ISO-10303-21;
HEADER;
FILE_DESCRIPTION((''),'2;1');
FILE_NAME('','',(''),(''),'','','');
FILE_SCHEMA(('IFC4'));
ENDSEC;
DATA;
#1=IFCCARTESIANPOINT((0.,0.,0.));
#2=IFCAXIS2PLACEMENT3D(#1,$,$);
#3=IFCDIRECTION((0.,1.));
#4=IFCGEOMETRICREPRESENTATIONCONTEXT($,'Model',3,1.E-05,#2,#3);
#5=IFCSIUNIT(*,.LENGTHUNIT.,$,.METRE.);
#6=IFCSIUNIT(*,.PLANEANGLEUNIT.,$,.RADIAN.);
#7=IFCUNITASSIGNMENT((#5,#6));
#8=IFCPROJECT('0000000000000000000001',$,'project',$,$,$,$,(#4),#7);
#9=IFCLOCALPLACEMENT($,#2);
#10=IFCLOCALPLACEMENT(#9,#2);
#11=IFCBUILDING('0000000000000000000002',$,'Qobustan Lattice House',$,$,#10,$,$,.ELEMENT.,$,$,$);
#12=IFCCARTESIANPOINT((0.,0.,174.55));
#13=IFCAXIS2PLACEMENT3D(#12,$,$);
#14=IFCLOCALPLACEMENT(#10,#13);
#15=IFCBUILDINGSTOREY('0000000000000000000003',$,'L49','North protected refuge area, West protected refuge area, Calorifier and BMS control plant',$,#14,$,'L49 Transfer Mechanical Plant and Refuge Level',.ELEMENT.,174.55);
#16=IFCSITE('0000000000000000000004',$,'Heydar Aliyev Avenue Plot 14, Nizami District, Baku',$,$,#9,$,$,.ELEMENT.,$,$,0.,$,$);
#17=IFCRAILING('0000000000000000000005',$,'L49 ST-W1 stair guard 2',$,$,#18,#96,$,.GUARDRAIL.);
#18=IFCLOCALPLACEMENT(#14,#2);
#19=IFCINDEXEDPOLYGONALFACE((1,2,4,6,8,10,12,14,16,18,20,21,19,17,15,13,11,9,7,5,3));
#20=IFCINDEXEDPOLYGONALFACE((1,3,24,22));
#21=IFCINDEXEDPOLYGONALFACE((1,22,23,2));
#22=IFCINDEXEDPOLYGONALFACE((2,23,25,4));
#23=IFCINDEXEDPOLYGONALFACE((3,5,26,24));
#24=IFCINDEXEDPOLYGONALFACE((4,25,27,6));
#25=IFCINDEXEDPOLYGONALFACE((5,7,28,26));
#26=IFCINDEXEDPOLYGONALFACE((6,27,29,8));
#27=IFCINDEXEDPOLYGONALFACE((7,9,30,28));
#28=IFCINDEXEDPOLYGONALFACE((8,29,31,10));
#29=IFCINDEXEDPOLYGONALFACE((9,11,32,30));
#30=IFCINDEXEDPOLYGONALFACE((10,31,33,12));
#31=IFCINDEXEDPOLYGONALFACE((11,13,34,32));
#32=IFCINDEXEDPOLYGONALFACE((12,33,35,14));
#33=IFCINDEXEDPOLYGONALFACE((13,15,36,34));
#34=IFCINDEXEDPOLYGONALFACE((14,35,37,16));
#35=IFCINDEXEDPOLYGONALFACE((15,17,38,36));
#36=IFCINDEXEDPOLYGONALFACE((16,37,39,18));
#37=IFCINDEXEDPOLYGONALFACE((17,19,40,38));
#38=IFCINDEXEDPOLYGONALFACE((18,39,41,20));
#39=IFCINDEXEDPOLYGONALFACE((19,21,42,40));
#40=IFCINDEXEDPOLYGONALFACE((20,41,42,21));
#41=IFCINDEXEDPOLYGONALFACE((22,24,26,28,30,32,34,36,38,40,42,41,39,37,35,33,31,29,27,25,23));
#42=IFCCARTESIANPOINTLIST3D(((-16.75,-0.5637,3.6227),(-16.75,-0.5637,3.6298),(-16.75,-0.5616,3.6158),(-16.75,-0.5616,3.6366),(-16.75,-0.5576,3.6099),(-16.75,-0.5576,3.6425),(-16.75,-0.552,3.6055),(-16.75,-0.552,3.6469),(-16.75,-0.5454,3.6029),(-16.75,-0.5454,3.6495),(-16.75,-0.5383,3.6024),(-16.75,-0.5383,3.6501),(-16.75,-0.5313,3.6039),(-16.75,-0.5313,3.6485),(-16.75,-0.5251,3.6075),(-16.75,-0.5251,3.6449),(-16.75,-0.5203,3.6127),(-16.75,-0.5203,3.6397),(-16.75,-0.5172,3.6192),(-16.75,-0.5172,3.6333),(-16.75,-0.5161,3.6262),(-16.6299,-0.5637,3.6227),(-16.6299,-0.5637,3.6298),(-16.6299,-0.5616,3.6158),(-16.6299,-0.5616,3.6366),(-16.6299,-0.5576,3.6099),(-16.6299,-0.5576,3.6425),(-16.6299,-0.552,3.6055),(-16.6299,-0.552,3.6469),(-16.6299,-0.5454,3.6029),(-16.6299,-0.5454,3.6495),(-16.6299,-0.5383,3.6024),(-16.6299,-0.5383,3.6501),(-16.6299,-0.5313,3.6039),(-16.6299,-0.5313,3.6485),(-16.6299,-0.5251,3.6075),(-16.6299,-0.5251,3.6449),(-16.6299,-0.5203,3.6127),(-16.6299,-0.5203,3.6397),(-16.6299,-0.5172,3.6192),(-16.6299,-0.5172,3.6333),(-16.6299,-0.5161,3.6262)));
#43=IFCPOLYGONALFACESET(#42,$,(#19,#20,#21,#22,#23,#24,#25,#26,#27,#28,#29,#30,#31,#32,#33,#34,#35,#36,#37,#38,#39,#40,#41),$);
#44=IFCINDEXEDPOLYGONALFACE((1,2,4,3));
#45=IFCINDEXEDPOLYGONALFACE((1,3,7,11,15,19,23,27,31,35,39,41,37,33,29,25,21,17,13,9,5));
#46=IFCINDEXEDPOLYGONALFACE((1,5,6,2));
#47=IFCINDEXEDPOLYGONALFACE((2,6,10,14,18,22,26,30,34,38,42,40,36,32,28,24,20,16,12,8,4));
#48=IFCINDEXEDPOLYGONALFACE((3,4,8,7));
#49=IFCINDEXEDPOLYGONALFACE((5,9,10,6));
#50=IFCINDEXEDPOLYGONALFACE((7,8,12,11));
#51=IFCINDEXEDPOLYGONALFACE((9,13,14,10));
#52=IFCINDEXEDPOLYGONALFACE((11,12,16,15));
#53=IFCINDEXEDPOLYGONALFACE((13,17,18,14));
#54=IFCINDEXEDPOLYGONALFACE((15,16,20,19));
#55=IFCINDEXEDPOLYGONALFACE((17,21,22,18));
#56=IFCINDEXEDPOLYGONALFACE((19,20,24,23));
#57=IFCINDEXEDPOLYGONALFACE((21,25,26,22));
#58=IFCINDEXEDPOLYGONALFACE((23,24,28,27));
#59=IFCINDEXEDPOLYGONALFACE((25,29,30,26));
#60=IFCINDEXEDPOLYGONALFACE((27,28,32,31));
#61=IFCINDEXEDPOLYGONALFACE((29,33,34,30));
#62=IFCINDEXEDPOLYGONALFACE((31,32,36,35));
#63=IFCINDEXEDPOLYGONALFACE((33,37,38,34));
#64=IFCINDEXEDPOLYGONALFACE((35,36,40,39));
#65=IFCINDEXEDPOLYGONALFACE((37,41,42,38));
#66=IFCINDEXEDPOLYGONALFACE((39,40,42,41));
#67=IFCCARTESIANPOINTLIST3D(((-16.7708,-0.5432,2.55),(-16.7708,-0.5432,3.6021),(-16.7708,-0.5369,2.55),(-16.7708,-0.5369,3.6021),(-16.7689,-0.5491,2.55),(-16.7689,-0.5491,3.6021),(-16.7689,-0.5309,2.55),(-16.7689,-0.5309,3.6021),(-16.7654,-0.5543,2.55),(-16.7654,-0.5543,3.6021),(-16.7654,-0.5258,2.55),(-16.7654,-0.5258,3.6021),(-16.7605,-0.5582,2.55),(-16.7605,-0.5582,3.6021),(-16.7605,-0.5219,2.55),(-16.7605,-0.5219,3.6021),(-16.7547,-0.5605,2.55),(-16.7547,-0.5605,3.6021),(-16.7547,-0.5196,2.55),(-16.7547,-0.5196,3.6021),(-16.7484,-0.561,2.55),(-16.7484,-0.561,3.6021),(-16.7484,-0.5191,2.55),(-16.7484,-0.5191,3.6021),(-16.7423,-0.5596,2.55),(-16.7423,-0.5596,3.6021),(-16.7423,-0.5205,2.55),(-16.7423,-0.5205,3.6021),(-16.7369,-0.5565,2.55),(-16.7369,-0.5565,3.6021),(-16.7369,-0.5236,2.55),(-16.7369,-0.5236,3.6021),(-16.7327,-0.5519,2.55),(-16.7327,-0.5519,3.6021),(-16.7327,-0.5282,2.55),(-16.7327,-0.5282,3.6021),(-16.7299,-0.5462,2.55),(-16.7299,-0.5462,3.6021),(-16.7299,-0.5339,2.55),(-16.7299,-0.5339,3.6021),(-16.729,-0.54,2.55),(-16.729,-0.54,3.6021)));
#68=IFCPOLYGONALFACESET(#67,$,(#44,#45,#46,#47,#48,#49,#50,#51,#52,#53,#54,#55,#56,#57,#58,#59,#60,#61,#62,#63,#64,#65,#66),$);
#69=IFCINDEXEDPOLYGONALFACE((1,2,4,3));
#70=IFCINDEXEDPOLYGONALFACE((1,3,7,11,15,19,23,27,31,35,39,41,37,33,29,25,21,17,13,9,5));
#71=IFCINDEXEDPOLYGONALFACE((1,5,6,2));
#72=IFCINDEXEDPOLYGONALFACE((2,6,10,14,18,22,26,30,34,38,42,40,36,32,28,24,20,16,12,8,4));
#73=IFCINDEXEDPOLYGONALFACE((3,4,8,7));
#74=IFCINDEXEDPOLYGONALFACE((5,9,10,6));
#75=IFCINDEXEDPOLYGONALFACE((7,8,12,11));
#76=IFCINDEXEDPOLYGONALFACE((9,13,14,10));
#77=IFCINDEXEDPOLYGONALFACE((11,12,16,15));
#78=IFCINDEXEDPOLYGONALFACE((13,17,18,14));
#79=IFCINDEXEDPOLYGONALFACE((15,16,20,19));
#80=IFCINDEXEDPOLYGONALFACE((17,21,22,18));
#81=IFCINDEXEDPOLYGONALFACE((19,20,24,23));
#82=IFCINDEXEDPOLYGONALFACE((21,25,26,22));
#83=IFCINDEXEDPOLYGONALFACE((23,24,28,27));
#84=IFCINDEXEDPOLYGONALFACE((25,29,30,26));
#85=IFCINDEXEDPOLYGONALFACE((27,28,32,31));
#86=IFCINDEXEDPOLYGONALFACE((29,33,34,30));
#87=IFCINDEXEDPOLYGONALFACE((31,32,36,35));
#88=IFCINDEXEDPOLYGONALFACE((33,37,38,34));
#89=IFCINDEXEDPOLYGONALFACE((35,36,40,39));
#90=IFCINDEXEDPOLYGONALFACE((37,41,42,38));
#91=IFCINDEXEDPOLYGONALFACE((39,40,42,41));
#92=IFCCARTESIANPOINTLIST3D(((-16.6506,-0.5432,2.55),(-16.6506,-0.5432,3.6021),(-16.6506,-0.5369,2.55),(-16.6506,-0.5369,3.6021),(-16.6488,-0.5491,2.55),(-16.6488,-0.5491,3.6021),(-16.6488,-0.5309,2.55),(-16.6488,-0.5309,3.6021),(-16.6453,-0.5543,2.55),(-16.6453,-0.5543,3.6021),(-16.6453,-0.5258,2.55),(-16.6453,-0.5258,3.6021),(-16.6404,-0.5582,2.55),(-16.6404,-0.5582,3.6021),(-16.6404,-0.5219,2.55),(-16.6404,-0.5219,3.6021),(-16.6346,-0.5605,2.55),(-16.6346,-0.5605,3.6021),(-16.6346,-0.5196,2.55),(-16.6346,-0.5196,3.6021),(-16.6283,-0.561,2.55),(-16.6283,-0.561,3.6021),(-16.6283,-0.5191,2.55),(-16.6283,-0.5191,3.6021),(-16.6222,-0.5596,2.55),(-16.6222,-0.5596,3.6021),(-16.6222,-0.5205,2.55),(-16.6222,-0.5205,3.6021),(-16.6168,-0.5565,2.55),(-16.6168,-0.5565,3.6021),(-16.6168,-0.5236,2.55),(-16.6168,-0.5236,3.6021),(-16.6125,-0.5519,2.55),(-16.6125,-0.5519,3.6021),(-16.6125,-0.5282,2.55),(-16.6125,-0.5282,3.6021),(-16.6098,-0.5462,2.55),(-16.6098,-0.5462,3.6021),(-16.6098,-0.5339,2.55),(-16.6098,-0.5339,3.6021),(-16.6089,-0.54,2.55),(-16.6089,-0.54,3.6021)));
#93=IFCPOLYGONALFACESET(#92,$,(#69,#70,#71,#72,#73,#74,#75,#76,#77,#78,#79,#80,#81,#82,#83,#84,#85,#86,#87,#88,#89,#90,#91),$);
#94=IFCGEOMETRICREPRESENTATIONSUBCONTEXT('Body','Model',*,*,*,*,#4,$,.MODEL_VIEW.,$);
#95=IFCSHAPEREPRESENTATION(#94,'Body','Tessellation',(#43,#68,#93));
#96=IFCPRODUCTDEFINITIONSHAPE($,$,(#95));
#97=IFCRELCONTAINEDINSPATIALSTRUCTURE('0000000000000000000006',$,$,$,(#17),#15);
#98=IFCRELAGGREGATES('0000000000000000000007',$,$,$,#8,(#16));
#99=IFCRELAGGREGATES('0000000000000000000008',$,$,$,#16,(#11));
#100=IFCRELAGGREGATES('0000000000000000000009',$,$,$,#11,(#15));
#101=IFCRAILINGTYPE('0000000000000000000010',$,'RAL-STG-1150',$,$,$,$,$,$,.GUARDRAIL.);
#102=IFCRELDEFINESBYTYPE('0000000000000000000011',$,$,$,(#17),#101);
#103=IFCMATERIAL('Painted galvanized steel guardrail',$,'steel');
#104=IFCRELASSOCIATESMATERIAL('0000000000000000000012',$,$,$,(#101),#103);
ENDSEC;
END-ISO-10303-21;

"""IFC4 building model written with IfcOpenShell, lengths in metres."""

from ifc_helpers import new_model, si_unit, direction, frame, origin, origin_2d, place, context, subcontext, project, spatial, circle, extrude, material, type_object, element, save


model = new_model("IFC4")

# Units and contexts
model_context = context("Model", 3, precision=1e-05, world=origin(), true_north=direction((0.0, 1.0)))
body_context = subcontext(model_context, "Body", "Model", "MODEL_VIEW")
ifc_project = project(units=[si_unit("LENGTHUNIT", "METRE"), si_unit("PLANEANGLEUNIT", "RADIAN")], contexts=[model_context])

# Site, building, storey
site_placement = place(None, origin())
site = spatial("IfcSite", under=ifc_project, at=site_placement, Name="Heydar Aliyev Avenue Plot 14, Nizami District, Baku", CompositionType="ELEMENT", RefElevation=0.0)
building_placement = place(site_placement, origin())
building = spatial("IfcBuilding", under=site, at=building_placement, Name="Qobustan Lattice House", CompositionType="ELEMENT")
storey_placement = place(building_placement, frame((0.0, 0.0, 174.55)))
storey = spatial("IfcBuildingStorey", under=building, at=storey_placement, Name="L49", Description="North protected refuge area, West protected refuge area, Calorifier and BMS control plant", LongName="L49 Transfer Mechanical Plant and Refuge Level", CompositionType="ELEMENT", Elevation=174.55)

# Railing
ifc_material_1 = material(Name="Painted galvanized steel guardrail", Category="steel")
railing_type_1 = type_object("IfcRailingType", Name="RAL-STG-1150", PredefinedType="GUARDRAIL", material=ifc_material_1)
railing_1_placement = place(storey_placement, frame((-16.75, -0.54, 2.55)))
element("IfcRailing", 1, at=railing_1_placement, inside=storey, type_object=railing_type_1, Name="L49 ST-W1 stair guard 2", PredefinedType="GUARDRAIL", context=body_context, shape_type="SweptSolid", body=[
    extrude(circle(Radius=0.0239, at=origin_2d()), frame((0.0, 0.0, 1.0762), z_axis=(1.0, 0.0, 0.0), x_axis=(0.0, 1.0, 0.0)), (0.0, 0.0, 1.0), 0.1201),
    extrude(circle(Radius=0.021, at=origin_2d()), origin(), (0.0, 0.0, 1.0), 1.052),
    extrude(circle(Radius=0.021, at=origin_2d()), frame((0.1201, 0.0, 0.0)), (0.0, 0.0, 1.0), 1.052),
])

save(model, "model.ifc")
